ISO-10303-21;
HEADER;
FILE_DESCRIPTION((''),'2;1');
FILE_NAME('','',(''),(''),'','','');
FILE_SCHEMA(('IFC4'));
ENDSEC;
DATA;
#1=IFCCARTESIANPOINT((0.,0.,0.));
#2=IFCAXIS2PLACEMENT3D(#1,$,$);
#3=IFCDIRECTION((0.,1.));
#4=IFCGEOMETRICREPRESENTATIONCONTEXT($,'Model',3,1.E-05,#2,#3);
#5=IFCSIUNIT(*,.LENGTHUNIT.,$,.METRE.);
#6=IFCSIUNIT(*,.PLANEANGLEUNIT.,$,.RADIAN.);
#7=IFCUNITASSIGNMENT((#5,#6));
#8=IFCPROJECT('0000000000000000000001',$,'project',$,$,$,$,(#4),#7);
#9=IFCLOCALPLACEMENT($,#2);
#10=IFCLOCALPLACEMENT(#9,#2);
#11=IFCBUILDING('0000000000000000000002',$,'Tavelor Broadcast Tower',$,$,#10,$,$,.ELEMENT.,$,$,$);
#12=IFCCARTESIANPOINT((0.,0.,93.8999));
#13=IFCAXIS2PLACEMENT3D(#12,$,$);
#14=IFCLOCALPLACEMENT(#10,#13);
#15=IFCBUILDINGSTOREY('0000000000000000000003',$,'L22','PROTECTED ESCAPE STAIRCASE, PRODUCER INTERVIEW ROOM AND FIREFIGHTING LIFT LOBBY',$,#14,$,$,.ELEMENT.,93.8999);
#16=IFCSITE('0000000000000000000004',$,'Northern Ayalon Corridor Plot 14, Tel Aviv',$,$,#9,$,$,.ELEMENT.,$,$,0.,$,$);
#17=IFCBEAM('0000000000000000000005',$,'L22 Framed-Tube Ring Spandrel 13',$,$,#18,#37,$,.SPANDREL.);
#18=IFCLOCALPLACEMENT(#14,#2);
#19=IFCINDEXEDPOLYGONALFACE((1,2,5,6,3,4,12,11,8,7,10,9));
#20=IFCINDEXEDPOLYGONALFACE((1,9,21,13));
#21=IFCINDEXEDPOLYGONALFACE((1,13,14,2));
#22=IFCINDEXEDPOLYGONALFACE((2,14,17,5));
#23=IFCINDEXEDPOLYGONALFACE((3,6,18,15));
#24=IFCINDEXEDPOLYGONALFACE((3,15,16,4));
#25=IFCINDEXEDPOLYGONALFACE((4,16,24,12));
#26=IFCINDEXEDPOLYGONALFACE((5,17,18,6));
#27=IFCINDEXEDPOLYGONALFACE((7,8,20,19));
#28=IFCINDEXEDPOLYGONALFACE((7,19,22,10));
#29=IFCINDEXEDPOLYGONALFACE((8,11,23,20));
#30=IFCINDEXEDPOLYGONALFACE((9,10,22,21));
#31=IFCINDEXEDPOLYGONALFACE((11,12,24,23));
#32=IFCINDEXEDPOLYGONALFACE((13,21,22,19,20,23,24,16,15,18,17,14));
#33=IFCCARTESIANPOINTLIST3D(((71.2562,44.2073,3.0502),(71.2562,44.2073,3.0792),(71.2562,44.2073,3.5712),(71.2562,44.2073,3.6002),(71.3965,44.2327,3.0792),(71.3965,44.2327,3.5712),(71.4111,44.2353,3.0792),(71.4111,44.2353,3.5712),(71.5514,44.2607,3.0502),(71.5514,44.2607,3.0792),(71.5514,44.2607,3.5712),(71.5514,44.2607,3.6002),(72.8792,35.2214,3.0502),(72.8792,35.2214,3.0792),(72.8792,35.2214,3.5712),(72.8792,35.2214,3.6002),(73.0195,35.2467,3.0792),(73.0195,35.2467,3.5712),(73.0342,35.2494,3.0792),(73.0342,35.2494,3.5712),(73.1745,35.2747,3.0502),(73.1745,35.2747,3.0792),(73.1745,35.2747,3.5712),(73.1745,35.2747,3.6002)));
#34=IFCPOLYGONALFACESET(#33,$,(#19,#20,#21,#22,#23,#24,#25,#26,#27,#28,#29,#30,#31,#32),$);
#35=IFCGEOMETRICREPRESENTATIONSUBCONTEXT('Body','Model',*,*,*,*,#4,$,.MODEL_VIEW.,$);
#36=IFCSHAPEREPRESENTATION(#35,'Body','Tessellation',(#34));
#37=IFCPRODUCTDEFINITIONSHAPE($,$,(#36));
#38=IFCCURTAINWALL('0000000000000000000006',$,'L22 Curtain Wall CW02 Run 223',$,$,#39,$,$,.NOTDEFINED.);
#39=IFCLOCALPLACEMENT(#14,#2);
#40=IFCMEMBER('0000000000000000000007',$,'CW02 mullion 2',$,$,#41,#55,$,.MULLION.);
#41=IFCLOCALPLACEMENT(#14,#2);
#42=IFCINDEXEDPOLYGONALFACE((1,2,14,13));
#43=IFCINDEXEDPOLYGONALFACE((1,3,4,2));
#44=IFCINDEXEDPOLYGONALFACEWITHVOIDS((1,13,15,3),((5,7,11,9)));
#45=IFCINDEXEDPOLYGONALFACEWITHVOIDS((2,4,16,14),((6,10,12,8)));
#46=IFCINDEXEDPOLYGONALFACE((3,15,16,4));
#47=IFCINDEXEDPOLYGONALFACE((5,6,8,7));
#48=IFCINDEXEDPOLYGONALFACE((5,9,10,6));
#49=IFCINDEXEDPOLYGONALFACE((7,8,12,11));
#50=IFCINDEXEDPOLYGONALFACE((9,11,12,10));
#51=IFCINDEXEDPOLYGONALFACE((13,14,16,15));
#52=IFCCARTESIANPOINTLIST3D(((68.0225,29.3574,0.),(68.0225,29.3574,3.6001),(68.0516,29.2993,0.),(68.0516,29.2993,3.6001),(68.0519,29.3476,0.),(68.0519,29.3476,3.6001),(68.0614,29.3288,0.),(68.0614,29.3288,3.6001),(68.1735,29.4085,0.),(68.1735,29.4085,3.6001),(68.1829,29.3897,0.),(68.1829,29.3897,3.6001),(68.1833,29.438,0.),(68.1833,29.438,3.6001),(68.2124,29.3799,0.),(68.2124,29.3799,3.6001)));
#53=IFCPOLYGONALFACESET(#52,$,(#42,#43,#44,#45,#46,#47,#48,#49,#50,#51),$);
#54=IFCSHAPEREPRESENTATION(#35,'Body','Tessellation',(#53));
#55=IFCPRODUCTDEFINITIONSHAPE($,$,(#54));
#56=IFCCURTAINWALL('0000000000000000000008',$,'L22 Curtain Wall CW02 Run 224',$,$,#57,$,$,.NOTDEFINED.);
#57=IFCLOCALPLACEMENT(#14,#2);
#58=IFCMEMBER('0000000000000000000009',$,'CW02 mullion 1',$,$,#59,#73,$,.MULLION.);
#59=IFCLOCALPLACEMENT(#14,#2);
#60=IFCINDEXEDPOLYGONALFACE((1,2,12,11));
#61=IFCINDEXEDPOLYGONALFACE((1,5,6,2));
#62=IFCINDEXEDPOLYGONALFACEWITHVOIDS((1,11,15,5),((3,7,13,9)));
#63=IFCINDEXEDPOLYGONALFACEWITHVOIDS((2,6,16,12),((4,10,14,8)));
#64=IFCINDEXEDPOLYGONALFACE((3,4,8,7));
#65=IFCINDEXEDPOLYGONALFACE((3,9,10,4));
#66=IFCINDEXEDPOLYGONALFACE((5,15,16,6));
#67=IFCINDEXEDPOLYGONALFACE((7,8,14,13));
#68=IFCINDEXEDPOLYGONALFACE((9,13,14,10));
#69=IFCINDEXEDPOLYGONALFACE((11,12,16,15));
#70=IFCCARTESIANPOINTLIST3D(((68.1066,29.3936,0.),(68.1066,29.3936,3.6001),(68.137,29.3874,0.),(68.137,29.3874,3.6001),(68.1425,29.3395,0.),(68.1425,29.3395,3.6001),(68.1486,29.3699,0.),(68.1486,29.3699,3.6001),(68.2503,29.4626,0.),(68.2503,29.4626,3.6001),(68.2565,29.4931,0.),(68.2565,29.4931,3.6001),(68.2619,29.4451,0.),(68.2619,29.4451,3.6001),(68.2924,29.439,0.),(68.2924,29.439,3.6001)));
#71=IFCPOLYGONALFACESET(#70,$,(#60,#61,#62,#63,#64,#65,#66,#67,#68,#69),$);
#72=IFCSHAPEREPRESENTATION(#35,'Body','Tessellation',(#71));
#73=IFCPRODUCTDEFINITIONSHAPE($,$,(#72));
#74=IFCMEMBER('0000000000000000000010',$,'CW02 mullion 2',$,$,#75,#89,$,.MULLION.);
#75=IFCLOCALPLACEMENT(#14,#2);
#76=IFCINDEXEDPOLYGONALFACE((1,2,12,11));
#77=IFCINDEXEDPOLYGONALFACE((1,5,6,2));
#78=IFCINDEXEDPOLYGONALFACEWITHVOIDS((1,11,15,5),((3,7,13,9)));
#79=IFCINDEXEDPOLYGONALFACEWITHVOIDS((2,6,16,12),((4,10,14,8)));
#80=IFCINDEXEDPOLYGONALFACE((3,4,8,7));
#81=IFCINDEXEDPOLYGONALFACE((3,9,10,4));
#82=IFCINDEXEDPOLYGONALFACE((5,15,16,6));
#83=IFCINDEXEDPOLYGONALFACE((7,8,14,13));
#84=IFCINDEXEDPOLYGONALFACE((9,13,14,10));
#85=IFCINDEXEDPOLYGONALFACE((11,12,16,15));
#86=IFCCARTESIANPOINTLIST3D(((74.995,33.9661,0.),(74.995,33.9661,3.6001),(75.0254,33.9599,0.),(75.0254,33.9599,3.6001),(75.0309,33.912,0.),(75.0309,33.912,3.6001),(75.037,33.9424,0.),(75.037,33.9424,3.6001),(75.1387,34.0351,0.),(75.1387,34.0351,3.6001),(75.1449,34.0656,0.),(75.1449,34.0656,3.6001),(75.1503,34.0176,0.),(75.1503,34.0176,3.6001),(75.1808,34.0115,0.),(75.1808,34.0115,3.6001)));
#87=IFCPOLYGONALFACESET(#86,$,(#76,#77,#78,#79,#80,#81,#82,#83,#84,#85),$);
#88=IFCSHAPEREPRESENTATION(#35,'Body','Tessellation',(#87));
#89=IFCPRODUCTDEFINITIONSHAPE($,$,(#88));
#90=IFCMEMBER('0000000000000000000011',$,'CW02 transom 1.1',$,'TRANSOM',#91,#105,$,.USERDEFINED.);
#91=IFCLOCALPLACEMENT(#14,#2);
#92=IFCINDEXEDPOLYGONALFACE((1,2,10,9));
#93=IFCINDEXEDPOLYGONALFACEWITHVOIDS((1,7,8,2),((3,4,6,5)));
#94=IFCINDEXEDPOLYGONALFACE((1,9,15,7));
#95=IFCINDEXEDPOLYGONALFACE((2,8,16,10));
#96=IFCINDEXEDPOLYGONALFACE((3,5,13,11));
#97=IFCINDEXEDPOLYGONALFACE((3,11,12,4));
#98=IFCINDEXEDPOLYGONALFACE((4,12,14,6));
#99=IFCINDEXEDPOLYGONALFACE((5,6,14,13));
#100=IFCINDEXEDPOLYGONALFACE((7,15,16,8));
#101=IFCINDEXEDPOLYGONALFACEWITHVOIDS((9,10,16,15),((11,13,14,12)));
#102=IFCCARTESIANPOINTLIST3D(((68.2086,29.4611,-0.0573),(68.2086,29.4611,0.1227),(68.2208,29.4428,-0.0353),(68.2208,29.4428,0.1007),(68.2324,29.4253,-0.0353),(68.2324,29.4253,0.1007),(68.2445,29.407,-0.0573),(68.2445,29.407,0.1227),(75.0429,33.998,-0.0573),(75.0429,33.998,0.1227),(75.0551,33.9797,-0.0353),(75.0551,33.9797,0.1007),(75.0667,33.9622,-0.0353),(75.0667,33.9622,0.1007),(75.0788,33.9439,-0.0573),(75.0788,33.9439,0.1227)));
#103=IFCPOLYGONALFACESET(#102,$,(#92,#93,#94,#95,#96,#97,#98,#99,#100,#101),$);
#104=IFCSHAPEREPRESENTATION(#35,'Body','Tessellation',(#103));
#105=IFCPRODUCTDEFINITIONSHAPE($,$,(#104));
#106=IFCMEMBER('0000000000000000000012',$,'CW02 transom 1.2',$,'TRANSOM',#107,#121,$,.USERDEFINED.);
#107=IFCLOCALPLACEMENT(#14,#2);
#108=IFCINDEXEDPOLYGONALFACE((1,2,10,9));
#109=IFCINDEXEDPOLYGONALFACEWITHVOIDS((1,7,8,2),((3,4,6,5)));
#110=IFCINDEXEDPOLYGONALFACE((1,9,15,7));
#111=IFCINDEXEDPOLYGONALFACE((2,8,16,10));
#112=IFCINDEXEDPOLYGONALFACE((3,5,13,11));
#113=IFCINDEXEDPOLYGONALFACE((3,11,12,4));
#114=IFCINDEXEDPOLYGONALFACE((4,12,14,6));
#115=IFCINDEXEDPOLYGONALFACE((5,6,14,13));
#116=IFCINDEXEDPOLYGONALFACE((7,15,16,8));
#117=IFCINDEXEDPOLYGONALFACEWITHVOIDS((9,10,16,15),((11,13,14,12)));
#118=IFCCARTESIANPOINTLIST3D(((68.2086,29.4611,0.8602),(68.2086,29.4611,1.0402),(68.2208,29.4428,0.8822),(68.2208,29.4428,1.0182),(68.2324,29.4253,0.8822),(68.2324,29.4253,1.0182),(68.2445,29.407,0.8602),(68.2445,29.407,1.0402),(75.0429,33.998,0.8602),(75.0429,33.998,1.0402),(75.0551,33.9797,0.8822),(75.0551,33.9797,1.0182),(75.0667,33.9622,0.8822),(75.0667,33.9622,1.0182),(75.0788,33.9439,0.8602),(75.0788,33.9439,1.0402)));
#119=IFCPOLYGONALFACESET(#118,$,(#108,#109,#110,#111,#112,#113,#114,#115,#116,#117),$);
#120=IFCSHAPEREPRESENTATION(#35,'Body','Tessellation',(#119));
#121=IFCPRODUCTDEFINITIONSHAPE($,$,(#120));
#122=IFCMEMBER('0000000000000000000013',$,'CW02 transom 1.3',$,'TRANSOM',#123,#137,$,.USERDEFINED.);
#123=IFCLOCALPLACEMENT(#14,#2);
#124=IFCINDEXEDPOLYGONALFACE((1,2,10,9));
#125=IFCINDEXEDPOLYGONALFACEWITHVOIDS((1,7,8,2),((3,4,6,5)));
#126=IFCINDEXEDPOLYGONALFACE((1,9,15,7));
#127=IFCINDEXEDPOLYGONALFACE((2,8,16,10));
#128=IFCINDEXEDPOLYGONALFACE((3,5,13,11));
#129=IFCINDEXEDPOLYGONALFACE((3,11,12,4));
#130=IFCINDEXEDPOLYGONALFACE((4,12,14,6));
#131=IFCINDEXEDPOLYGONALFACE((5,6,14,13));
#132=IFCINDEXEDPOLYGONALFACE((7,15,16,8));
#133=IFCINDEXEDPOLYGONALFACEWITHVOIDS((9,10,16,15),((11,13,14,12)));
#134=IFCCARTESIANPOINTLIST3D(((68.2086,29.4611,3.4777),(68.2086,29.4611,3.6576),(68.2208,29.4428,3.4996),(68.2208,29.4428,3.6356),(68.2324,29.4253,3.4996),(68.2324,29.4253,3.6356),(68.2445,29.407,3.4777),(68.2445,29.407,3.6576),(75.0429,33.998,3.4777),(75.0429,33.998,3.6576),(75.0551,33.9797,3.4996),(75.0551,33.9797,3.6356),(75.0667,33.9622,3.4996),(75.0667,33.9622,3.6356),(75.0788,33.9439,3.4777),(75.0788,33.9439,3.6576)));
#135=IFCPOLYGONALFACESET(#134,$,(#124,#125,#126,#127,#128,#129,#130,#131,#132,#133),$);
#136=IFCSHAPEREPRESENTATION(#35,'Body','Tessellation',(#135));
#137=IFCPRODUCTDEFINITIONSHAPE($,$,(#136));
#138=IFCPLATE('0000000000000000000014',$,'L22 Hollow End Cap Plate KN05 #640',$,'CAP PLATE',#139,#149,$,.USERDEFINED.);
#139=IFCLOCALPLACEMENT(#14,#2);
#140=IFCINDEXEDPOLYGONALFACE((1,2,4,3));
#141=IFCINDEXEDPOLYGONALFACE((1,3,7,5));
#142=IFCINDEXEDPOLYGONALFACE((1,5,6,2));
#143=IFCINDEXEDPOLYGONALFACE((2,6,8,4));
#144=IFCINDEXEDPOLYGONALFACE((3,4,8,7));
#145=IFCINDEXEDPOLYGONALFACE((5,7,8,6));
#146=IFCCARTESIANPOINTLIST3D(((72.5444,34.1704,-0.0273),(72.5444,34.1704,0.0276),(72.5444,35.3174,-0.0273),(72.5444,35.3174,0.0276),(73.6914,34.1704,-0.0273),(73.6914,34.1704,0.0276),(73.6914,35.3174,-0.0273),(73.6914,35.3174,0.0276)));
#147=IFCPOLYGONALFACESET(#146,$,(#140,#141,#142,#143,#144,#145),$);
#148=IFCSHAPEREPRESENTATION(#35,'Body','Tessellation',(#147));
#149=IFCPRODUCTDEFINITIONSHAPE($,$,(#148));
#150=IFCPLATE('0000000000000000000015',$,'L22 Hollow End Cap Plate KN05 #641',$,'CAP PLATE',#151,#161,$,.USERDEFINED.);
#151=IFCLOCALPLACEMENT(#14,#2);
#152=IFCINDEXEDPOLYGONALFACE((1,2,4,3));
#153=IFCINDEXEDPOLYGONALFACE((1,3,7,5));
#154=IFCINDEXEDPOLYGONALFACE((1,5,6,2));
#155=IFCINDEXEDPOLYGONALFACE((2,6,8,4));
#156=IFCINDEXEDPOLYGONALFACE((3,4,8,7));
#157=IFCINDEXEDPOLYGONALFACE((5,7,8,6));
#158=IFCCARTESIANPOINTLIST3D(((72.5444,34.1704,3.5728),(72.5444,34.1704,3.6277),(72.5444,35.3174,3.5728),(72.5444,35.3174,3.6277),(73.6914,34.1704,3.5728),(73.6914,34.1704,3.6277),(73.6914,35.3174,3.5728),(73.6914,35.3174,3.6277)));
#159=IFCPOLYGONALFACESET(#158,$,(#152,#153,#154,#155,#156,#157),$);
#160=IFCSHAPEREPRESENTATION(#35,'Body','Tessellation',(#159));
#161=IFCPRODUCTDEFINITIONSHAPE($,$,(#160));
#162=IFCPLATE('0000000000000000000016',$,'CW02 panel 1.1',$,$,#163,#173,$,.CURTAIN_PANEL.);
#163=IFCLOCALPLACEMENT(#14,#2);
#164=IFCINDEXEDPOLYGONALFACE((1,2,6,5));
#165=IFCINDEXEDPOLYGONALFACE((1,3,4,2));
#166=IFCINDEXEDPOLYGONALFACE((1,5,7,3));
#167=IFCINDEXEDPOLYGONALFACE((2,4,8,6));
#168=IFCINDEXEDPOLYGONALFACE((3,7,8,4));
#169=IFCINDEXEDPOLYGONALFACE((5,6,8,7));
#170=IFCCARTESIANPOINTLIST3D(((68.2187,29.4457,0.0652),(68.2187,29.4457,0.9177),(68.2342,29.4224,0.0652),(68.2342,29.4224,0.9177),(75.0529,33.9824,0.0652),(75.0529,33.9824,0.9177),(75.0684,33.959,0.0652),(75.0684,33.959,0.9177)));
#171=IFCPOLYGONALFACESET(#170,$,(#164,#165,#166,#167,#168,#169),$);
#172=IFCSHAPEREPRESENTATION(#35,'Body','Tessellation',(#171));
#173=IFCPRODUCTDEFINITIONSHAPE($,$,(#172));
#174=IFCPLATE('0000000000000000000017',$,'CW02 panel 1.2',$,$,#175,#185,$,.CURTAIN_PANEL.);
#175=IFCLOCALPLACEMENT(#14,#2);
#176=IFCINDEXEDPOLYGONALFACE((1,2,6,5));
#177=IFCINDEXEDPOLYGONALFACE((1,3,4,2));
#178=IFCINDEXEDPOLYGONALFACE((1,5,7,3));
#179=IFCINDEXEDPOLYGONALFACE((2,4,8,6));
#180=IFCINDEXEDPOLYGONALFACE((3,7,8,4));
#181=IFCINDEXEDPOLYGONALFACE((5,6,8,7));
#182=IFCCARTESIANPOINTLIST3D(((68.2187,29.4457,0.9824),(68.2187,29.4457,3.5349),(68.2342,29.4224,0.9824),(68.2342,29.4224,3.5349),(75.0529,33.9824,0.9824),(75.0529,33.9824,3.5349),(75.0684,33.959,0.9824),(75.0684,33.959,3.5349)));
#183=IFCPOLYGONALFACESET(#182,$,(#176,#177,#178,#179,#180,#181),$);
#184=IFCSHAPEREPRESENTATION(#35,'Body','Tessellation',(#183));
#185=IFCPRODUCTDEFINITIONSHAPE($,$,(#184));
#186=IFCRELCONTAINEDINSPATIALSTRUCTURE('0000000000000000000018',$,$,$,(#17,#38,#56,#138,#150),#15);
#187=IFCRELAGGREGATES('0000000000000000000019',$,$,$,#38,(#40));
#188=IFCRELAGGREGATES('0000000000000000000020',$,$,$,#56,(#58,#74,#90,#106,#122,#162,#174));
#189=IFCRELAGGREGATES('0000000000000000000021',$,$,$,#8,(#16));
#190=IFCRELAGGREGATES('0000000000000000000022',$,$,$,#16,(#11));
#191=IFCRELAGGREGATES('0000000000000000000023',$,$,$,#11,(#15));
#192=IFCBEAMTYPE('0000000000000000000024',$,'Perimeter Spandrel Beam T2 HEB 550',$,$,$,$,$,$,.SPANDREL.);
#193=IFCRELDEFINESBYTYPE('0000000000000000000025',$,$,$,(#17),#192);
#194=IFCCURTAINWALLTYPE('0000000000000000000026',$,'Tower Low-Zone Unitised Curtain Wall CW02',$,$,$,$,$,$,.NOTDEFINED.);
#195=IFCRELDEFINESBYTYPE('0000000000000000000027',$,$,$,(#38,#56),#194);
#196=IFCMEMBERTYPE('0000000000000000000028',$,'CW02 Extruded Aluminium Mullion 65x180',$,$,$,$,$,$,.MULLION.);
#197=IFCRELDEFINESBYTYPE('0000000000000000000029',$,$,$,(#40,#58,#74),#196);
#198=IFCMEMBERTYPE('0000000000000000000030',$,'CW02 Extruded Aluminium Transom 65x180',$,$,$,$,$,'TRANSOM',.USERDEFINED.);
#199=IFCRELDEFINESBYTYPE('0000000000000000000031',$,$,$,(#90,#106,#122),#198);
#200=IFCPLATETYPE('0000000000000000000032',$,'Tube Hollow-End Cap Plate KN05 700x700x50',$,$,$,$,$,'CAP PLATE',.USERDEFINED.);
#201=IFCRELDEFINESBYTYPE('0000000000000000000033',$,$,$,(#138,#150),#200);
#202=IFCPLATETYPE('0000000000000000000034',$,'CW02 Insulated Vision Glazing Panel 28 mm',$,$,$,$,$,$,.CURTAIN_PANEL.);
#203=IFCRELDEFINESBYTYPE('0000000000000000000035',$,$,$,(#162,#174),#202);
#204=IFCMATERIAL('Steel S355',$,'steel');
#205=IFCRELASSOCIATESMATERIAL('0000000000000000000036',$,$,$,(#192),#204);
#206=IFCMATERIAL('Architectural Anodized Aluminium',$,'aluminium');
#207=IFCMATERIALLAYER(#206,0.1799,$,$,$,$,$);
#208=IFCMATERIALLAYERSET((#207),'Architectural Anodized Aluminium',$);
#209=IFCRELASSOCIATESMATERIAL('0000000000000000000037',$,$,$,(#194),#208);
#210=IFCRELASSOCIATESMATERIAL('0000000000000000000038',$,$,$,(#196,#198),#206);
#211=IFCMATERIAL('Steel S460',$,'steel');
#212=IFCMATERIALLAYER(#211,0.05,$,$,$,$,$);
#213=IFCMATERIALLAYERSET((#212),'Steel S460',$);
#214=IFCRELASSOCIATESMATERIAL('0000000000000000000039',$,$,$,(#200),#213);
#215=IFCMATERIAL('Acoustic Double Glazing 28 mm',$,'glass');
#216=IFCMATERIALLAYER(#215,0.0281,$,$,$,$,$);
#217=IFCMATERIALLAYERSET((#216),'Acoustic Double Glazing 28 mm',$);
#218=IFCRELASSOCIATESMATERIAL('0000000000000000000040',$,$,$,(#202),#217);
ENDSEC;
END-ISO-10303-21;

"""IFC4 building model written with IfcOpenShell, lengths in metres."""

from ifc_helpers import new_model, si_unit, direction, frame, origin, origin_2d, place, context, subcontext, project, spatial, rectangle, hollow_rectangle, i_section, extrude, source, transform, mapped, material, layer, layer_set, material_profile, profile_set, type_object, type_shapes, element, aggregate, save


model = new_model("IFC4")

# Units and contexts
model_context = context("Model", 3, precision=1e-05, world=origin(), true_north=direction((0.0, 1.0)))
body_context = subcontext(model_context, "Body", "Model", "MODEL_VIEW")
ifc_project = project(units=[si_unit("LENGTHUNIT", "METRE"), si_unit("PLANEANGLEUNIT", "RADIAN")], contexts=[model_context])

# Site, building, storey
site_placement = place(None, origin())
site = spatial("IfcSite", under=ifc_project, at=site_placement, Name="Northern Ayalon Corridor Plot 14, Tel Aviv", CompositionType="ELEMENT", RefElevation=0.0)
building_placement = place(site_placement, origin())
building = spatial("IfcBuilding", under=site, at=building_placement, Name="Tavelor Broadcast Tower", CompositionType="ELEMENT")
storey_placement = place(building_placement, frame((0.0, 0.0, 93.8999)))
storey = spatial("IfcBuildingStorey", under=building, at=storey_placement, Name="L22", Description="PROTECTED ESCAPE STAIRCASE, PRODUCER INTERVIEW ROOM AND FIREFIGHTING LIFT LOBBY", CompositionType="ELEMENT", Elevation=93.8999)

# Shared definitions
ifc_material_1 = material(Name="Steel S460", Category="steel")

# Beam
ifc_material_2 = material(Name="Steel S355", Category="steel")
ifc_material_profile_1 = material_profile(ifc_material_2, i_section(OverallWidth=0.3, OverallDepth=0.55, WebThickness=0.0149, FlangeThickness=0.0291, at=origin_2d()), Name="HEB 550")
ifc_profile_set_1 = profile_set([ifc_material_profile_1], Name="Steel S355")
beam_type_1 = type_object("IfcBeamType", Name="Perimeter Spandrel Beam T2 HEB 550", PredefinedType="SPANDREL", material=ifc_profile_set_1)
beam_1_placement = place(storey_placement, frame((73.0269, 35.248, 3.3252), z_axis=(-0.177747, 0.984076, 0.0), x_axis=(-0.984076, -0.177747, 0.0)))
element("IfcBeam", 1, at=beam_1_placement, inside=storey, type_object=beam_type_1, Name="L22 Framed-Tube Ring Spandrel 13", PredefinedType="SPANDREL", context=body_context, shape_type="SweptSolid", body=[
    extrude(i_section(OverallWidth=0.3, OverallDepth=0.55, WebThickness=0.0149, FlangeThickness=0.0291, at=origin_2d()), origin(), (0.0, 0.0, 1.0), 9.1313),
])

# Curtain wall, member
ifc_material_3 = material(Name="Architectural Anodized Aluminium", Category="aluminium")
ifc_layer_1 = layer(ifc_material_3, 0.1799)
ifc_layer_set_1 = layer_set([ifc_layer_1], Name="Architectural Anodized Aluminium")
curtain_wall_type = type_object("IfcCurtainWallType", Name="Tower Low-Zone Unitised Curtain Wall CW02", PredefinedType="NOTDEFINED", material=ifc_layer_set_1)
curtain_wall_1_placement = place(storey_placement, origin())
curtain_wall_1 = element("IfcCurtainWall", 2, at=curtain_wall_1_placement, inside=storey, type_object=curtain_wall_type, Name="L22 Curtain Wall CW02 Run 223", PredefinedType="NOTDEFINED")
ifc_material_profile_2 = material_profile(ifc_material_3, hollow_rectangle(XDim=0.0649, YDim=0.1799, WallThickness=0.022, at=origin_2d()), Name="RHS 65x180x22")
ifc_profile_set_2 = profile_set([ifc_material_profile_2], Name="Architectural Anodized Aluminium")
member_type_1 = type_object("IfcMemberType", Name="CW02 Extruded Aluminium Mullion 65x180", PredefinedType="MULLION", material=ifc_profile_set_2)
shared_shape_1 = source(origin(), body_context, "Body", "SweptSolid", [
    extrude(hollow_rectangle(XDim=0.0649, YDim=0.1799, WallThickness=0.022, at=origin_2d()), origin(), (0.0, 0.0, 1.0), 3.6001),
])
type_shapes(member_type_1, [shared_shape_1])
member_1_placement = place(storey_placement, frame((68.1174, 29.3687, 0.0), z_axis=(0.0, 0.0, 1.0), x_axis=(-0.448161, 0.893953, 0.0)))
member_1 = element("IfcMember", 3, at=member_1_placement, type_object=member_type_1, Name="CW02 mullion 2", PredefinedType="MULLION", context=body_context, shape_type="MappedRepresentation", body=[
    mapped(shared_shape_1, transform((0.0, 0.0, 0.0), scale=1.0)),
])
aggregate(curtain_wall_1, [member_1])

# Curtain wall, members
curtain_wall_2_placement = place(storey_placement, origin())
curtain_wall_2 = element("IfcCurtainWall", 4, at=curtain_wall_2_placement, inside=storey, type_object=curtain_wall_type, Name="L22 Curtain Wall CW02 Run 224", PredefinedType="NOTDEFINED")
member_2_placement = place(storey_placement, frame((68.1995, 29.4163, 0.0), z_axis=(0.0, 0.0, 1.0), x_axis=(-0.55306, 0.833142, 0.0)))
member_2 = element("IfcMember", 5, at=member_2_placement, type_object=member_type_1, Name="CW02 mullion 1", PredefinedType="MULLION", context=body_context, shape_type="MappedRepresentation", body=[
    mapped(shared_shape_1, transform((0.0, 0.0, 0.0), scale=1.0)),
])
member_3_placement = place(storey_placement, frame((75.0879, 33.9888, 0.0), z_axis=(0.0, 0.0, 1.0), x_axis=(-0.55306, 0.833142, 0.0)))
member_3 = element("IfcMember", 6, at=member_3_placement, type_object=member_type_1, Name="CW02 mullion 2", PredefinedType="MULLION", context=body_context, shape_type="MappedRepresentation", body=[
    mapped(shared_shape_1, transform((0.0, 0.0, 0.0), scale=1.0)),
])
ifc_material_profile_3 = material_profile(ifc_material_3, hollow_rectangle(XDim=0.0649, YDim=0.1799, WallThickness=0.022, at=origin_2d()), Name="RHS 65x180x22")
ifc_profile_set_3 = profile_set([ifc_material_profile_3], Name="Architectural Anodized Aluminium")
member_type_2 = type_object("IfcMemberType", Name="CW02 Extruded Aluminium Transom 65x180", ElementType="TRANSOM", PredefinedType="USERDEFINED", material=ifc_profile_set_3)
shared_shape_2 = source(origin(), body_context, "Body", "SweptSolid", [
    extrude(hollow_rectangle(XDim=0.0649, YDim=0.1799, WallThickness=0.022, at=origin_2d()), origin(), (0.0, 0.0, 1.0), 8.2031),
])
type_shapes(member_type_2, [shared_shape_2])
member_4_placement = place(storey_placement, frame((68.2266, 29.4341, 0.0327), z_axis=(0.833134, 0.553071, 0.0), x_axis=(-0.553071, 0.833134, 0.0)))
member_4 = element("IfcMember", 7, at=member_4_placement, type_object=member_type_2, Name="CW02 transom 1.1", ObjectType="TRANSOM", PredefinedType="USERDEFINED", context=body_context, shape_type="MappedRepresentation", body=[
    mapped(shared_shape_2, transform((0.0, 0.0, 0.0), scale=1.0)),
])
member_5_placement = place(storey_placement, frame((68.2266, 29.4341, 0.9502), z_axis=(0.833134, 0.553071, 0.0), x_axis=(-0.553071, 0.833134, 0.0)))
member_5 = element("IfcMember", 8, at=member_5_placement, type_object=member_type_2, Name="CW02 transom 1.2", ObjectType="TRANSOM", PredefinedType="USERDEFINED", context=body_context, shape_type="MappedRepresentation", body=[
    mapped(shared_shape_2, transform((0.0, 0.0, 0.0), scale=1.0)),
])
member_6_placement = place(storey_placement, frame((68.2266, 29.4341, 3.5676), z_axis=(0.833134, 0.553071, 0.0), x_axis=(-0.553071, 0.833134, 0.0)))
member_6 = element("IfcMember", 9, at=member_6_placement, type_object=member_type_2, Name="CW02 transom 1.3", ObjectType="TRANSOM", PredefinedType="USERDEFINED", context=body_context, shape_type="MappedRepresentation", body=[
    mapped(shared_shape_2, transform((0.0, 0.0, 0.0), scale=1.0)),
])

# Plates
ifc_layer_2 = layer(ifc_material_1, 0.05)
ifc_layer_set_2 = layer_set([ifc_layer_2], Name="Steel S460")
plate_type_1 = type_object("IfcPlateType", Name="Tube Hollow-End Cap Plate KN05 700x700x50", ElementType="CAP PLATE", PredefinedType="USERDEFINED", material=ifc_layer_set_2)
shared_shape_3 = source(origin(), body_context, "Body", "SweptSolid", [
    extrude(rectangle(XDim=1.147, YDim=1.147, at=origin_2d()), origin(), (0.0, 0.0, 1.0), 0.0549),
])
type_shapes(plate_type_1, [shared_shape_3])
for number, where, z_axis, x_axis, name in (
    (10, (73.1179, 34.7439, -0.0273), (0.0, 0.0, 1.0), (1.0, 0.0, 0.0), "L22 Hollow End Cap Plate KN05 #640"),
    (11, (73.1179, 34.7439, 3.5728), (0.0, 0.0, 1.0), (1.0, 0.0, 0.0), "L22 Hollow End Cap Plate KN05 #641"),
):
    element("IfcPlate", number, at=place(storey_placement, frame(where, z_axis=z_axis, x_axis=x_axis)), inside=storey, type_object=plate_type_1, Name=name, ObjectType="CAP PLATE", PredefinedType="USERDEFINED", context=body_context, shape_type="MappedRepresentation", body=[
        mapped(shared_shape_3, transform((0.0, 0.0, 0.0), scale=1.0)),
    ])

# Plates
ifc_material_4 = material(Name="Acoustic Double Glazing 28 mm", Category="glass")
ifc_layer_3 = layer(ifc_material_4, 0.0281)
ifc_layer_set_3 = layer_set([ifc_layer_3], Name="Acoustic Double Glazing 28 mm")
plate_type_2 = type_object("IfcPlateType", Name="CW02 Insulated Vision Glazing Panel 28 mm", PredefinedType="CURTAIN_PANEL", material=ifc_layer_set_3)
shared_shape_4 = source(origin(), body_context, "Body", "SweptSolid", [
    extrude(rectangle(XDim=8.2029, YDim=0.0281, at=origin_2d()), origin(), (0.0, 0.0, 1.0), 0.8525),
])
plate_1_placement = place(storey_placement, frame((71.6436, 31.7024, 0.0652), z_axis=(0.0, 0.0, 1.0), x_axis=(0.833142, 0.55306, 0.0)))
plate_1 = element("IfcPlate", 12, at=plate_1_placement, type_object=plate_type_2, Name="CW02 panel 1.1", PredefinedType="CURTAIN_PANEL", context=body_context, shape_type="MappedRepresentation", body=[
    mapped(shared_shape_4, transform((0.0, 0.0, 0.0), scale=1.0)),
])
shared_shape_5 = source(origin(), body_context, "Body", "SweptSolid", [
    extrude(rectangle(XDim=8.2029, YDim=0.0281, at=origin_2d()), origin(), (0.0, 0.0, 1.0), 2.5525),
])
type_shapes(plate_type_2, [shared_shape_4, shared_shape_5])
plate_2_placement = place(storey_placement, frame((71.6436, 31.7024, 0.9824), z_axis=(0.0, 0.0, 1.0), x_axis=(0.833142, 0.55306, 0.0)))
plate_2 = element("IfcPlate", 13, at=plate_2_placement, type_object=plate_type_2, Name="CW02 panel 1.2", PredefinedType="CURTAIN_PANEL", context=body_context, shape_type="MappedRepresentation", body=[
    mapped(shared_shape_5, transform((0.0, 0.0, 0.0), scale=1.0)),
])
aggregate(curtain_wall_2, [member_2, member_3, member_4, member_5, member_6, plate_1, plate_2])

save(model, "model.ifc")
